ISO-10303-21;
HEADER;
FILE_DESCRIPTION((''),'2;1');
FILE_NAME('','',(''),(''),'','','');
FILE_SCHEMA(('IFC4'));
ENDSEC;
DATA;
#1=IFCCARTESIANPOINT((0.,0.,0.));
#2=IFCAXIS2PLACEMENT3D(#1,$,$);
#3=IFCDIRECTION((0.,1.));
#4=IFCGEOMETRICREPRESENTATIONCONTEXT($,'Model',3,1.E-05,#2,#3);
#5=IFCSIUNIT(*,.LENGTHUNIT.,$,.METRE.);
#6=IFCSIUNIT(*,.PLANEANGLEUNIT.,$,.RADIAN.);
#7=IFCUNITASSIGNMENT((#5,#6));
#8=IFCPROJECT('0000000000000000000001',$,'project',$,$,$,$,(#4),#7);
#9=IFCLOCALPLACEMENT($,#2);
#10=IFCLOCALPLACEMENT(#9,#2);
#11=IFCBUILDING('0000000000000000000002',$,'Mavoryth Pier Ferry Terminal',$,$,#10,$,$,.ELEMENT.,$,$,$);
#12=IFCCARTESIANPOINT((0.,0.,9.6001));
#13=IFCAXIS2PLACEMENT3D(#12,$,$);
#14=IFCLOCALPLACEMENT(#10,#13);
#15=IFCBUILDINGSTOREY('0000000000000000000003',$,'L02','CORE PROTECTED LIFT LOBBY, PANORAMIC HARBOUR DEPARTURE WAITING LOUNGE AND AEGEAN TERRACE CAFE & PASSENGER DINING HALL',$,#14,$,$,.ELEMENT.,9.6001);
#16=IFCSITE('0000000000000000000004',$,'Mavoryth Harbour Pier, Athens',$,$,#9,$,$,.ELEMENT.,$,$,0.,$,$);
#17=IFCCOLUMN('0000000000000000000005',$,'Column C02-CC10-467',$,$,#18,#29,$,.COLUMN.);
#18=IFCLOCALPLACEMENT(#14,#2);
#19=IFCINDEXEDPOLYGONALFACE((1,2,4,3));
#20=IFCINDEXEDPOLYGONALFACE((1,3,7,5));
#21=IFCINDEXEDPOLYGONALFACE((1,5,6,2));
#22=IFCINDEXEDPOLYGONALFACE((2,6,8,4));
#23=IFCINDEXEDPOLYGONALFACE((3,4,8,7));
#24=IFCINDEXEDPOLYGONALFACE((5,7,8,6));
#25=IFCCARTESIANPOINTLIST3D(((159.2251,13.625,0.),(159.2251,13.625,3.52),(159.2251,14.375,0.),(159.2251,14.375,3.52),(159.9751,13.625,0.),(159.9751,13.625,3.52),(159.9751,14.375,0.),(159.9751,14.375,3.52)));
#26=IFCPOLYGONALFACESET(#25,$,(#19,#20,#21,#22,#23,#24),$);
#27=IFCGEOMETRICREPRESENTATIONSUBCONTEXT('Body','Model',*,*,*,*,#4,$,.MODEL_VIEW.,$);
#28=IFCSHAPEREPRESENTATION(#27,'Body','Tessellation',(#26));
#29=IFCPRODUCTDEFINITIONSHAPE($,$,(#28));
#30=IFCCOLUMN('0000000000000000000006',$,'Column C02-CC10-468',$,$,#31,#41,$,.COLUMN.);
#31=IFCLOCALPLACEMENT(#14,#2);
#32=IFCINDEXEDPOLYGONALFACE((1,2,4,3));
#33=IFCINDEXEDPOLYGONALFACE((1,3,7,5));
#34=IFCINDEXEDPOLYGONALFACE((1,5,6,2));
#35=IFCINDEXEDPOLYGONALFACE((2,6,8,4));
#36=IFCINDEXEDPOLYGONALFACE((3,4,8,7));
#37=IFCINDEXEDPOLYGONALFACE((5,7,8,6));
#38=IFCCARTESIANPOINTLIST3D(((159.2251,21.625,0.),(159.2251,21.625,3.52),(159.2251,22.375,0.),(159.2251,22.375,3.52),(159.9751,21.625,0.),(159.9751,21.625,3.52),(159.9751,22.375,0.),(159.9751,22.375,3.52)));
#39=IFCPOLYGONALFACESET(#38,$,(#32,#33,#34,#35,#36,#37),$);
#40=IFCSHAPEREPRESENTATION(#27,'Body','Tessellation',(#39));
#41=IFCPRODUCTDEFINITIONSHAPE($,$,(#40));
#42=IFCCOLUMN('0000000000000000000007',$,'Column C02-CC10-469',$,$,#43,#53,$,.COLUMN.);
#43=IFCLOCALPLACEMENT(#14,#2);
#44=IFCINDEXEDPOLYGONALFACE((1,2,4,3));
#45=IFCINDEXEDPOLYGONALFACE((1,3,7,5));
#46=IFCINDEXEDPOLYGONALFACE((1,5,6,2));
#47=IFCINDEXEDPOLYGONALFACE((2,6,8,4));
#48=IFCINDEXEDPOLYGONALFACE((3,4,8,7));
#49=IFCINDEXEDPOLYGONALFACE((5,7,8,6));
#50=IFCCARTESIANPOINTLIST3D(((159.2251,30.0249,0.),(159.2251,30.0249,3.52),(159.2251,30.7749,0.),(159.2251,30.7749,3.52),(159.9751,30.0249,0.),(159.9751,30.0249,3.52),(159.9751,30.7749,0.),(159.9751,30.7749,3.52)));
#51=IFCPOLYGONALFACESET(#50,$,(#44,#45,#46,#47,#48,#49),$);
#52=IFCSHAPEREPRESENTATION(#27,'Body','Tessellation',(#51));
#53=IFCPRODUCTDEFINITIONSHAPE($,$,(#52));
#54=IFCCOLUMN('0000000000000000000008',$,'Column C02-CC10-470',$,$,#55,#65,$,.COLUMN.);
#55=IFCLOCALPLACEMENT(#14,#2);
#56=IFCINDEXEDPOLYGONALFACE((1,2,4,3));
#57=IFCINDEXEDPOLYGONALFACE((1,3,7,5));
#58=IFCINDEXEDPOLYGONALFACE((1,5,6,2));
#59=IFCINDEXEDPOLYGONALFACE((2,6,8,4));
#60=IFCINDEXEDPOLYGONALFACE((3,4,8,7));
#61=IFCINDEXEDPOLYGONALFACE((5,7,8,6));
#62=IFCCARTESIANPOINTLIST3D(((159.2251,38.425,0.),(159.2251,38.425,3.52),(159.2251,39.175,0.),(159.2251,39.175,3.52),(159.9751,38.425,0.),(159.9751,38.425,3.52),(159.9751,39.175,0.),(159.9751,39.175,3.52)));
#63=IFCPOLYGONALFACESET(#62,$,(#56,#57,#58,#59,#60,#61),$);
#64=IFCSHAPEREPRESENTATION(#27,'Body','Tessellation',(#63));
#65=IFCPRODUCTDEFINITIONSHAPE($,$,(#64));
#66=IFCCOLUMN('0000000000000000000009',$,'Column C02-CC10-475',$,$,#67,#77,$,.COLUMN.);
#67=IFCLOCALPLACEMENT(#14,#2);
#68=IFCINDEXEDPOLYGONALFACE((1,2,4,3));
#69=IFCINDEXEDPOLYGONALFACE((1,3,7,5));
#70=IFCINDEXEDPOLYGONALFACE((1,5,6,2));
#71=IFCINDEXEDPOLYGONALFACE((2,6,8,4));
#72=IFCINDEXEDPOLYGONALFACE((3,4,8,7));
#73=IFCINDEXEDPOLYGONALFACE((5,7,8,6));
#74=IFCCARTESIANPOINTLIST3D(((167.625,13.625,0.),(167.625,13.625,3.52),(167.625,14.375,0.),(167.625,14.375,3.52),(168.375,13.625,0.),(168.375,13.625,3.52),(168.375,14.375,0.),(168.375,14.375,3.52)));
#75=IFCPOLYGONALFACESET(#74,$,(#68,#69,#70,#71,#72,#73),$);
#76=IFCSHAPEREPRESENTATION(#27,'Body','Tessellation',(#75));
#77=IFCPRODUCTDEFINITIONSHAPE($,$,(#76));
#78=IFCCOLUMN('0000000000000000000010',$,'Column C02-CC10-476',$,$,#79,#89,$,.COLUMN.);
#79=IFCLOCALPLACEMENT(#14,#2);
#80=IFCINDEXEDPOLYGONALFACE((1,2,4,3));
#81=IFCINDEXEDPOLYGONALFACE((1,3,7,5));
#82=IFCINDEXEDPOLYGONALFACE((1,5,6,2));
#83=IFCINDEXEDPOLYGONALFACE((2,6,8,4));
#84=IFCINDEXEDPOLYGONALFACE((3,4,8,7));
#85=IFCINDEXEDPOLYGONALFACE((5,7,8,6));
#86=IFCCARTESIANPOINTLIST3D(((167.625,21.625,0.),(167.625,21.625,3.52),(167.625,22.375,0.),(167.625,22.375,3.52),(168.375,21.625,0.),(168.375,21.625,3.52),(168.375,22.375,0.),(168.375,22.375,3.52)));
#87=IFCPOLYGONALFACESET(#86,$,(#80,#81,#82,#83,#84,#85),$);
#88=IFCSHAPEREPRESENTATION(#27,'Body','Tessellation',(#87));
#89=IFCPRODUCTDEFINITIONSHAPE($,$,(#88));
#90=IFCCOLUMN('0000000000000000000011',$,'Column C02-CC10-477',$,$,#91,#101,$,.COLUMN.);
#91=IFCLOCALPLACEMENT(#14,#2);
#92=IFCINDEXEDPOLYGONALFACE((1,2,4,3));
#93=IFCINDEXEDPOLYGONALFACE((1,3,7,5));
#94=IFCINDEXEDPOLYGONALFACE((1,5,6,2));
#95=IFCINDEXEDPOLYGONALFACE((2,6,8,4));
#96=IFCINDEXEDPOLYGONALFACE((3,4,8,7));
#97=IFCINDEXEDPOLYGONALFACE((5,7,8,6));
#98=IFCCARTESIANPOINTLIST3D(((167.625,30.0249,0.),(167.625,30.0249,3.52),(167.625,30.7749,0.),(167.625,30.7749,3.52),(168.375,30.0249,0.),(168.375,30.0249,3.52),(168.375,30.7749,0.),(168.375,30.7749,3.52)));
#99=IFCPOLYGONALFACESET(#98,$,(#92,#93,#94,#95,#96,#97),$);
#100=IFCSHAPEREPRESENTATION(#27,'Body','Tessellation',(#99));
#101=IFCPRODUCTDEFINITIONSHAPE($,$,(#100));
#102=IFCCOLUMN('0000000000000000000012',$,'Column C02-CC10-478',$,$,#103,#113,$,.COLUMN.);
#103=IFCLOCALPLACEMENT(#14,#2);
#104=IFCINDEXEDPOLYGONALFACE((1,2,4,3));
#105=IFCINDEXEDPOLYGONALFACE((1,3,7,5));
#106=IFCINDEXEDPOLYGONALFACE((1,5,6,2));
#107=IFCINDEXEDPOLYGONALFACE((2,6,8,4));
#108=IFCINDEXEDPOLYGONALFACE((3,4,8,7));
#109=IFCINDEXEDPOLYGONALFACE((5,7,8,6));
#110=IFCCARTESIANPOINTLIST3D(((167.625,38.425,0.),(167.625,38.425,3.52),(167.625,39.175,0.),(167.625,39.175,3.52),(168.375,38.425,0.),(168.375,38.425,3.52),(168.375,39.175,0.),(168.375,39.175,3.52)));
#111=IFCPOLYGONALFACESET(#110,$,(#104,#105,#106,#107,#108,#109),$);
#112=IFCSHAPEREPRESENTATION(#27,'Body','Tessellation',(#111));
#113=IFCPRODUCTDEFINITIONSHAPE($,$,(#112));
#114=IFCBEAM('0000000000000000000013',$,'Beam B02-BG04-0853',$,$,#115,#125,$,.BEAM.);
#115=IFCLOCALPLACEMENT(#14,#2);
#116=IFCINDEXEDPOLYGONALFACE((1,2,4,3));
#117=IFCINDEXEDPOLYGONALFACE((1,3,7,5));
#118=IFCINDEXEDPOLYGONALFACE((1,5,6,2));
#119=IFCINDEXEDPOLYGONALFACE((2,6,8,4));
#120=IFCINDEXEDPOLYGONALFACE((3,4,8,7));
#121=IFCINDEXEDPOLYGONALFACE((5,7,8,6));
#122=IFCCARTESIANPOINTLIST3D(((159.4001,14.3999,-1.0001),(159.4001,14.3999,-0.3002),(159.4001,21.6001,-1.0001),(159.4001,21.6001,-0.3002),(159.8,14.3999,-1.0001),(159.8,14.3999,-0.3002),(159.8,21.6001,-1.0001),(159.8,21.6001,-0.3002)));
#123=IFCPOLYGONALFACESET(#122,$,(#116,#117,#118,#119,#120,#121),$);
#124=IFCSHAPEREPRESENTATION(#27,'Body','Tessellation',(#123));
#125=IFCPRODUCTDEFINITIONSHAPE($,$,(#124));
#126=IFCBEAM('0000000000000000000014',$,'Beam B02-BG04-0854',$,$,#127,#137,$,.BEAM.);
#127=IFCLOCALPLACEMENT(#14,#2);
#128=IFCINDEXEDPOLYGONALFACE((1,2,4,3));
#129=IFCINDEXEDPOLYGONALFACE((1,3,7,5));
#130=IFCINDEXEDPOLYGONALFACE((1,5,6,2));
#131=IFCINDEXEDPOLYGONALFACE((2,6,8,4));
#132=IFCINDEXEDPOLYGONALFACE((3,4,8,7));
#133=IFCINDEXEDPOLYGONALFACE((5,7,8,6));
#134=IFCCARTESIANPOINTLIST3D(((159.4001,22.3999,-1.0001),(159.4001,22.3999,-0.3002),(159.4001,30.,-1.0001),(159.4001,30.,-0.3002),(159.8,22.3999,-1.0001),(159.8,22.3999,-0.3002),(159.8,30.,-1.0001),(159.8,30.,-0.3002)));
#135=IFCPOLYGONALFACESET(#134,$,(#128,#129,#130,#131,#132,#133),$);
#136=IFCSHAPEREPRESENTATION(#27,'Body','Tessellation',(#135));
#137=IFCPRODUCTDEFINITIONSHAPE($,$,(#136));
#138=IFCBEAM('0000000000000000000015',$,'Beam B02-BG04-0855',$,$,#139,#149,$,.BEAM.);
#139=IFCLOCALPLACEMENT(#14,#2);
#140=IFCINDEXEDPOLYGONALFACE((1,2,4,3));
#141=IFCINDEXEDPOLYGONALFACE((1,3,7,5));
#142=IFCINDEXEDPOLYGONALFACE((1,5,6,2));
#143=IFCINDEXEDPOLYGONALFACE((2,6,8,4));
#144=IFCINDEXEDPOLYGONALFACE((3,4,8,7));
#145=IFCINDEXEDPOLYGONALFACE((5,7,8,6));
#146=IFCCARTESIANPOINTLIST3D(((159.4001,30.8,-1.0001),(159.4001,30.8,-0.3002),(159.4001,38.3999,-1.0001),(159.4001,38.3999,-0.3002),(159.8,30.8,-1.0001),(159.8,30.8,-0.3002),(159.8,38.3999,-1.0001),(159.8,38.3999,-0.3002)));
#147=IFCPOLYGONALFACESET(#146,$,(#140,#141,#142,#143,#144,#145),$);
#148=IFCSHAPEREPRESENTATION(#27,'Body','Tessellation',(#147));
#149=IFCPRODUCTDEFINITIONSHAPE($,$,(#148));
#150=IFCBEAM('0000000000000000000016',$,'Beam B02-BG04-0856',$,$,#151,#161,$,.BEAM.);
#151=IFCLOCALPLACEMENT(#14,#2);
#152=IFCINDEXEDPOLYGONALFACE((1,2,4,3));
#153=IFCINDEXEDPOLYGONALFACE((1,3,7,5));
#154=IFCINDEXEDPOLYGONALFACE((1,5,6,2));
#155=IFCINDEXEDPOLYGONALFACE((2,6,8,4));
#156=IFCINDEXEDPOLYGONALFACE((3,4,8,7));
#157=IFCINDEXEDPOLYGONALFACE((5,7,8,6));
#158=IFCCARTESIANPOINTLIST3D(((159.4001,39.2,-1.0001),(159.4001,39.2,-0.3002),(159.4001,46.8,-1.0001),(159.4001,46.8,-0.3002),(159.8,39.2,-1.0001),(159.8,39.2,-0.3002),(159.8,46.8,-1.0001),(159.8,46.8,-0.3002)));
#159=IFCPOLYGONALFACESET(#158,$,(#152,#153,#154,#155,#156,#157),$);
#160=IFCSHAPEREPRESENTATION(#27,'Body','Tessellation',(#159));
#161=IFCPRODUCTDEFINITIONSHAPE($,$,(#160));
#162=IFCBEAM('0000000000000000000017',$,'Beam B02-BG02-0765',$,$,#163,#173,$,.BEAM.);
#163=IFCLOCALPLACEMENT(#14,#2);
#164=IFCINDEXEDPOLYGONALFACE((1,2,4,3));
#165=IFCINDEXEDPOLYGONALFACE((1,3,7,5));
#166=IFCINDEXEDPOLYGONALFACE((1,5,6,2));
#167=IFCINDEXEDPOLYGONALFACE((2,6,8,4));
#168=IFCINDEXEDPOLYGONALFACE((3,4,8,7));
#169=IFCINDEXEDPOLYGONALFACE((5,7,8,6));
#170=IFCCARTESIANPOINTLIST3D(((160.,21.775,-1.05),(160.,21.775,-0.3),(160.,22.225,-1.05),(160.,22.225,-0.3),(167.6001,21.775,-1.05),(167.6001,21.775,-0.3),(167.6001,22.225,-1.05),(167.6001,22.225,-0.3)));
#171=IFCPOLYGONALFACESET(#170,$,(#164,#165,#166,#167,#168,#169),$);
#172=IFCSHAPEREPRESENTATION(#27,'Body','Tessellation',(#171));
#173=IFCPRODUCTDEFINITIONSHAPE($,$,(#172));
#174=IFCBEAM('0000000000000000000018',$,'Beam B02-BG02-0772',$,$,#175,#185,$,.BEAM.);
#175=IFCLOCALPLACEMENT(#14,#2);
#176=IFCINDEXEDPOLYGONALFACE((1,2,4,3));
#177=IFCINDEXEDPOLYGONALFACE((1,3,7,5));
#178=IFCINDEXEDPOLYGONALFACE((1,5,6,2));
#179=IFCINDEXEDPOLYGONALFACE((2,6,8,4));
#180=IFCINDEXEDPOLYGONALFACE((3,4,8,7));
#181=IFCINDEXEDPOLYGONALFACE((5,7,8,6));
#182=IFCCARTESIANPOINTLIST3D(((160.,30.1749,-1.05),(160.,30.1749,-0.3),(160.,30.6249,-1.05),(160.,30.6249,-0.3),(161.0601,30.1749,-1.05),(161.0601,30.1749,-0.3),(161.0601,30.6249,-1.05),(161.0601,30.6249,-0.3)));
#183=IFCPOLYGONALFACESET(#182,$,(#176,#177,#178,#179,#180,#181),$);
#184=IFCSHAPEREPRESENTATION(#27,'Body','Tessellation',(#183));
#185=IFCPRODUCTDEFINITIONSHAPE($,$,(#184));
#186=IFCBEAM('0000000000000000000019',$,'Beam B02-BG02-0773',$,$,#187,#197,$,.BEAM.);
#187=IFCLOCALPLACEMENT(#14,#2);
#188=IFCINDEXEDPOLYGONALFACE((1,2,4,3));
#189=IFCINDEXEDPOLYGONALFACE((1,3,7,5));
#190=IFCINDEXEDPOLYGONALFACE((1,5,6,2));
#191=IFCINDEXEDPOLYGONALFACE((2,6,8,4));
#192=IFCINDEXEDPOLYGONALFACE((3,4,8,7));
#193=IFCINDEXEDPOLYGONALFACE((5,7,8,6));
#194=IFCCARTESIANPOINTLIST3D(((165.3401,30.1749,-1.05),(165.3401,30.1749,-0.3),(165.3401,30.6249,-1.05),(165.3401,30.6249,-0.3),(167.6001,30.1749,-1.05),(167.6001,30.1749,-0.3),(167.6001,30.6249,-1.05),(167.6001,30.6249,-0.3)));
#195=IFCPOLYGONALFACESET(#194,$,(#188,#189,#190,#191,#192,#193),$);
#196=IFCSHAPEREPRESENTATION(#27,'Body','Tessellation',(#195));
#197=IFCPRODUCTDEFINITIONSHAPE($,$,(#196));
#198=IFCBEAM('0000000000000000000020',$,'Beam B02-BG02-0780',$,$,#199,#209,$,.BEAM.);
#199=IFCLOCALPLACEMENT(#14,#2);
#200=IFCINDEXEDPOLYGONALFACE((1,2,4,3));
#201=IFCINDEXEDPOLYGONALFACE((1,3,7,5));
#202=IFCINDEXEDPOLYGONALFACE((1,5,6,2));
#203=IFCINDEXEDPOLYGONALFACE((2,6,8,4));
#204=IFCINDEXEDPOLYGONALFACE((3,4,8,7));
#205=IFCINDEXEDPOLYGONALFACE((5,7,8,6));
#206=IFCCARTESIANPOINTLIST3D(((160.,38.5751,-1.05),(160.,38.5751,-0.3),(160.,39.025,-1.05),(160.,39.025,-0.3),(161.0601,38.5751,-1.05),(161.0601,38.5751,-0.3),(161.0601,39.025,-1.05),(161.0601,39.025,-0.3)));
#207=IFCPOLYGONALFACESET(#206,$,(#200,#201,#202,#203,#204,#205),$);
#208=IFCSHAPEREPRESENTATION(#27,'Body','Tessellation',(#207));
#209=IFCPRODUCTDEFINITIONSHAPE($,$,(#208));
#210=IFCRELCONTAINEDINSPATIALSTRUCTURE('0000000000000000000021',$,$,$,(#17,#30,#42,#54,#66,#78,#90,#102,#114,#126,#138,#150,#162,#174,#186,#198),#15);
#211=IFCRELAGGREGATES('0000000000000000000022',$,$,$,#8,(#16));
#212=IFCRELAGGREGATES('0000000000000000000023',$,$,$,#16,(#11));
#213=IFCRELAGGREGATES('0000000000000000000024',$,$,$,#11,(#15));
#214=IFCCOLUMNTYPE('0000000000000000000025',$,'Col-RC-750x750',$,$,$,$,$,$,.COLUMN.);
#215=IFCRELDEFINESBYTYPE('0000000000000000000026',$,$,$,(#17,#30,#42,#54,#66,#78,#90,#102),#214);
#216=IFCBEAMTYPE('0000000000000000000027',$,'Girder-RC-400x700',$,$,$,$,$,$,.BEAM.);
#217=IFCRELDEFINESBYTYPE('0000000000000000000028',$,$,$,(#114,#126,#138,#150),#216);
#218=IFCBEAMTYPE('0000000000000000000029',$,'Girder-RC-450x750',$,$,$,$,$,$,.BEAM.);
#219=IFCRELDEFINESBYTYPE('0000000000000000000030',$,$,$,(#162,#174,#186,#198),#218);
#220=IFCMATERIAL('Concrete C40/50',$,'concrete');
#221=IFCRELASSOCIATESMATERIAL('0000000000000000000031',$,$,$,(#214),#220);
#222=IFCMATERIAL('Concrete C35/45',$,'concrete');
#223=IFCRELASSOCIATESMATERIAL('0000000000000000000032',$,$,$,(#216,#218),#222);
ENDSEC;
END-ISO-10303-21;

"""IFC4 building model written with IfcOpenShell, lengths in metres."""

from ifc_helpers import new_model, si_unit, direction, frame, origin, origin_2d, place, context, subcontext, project, spatial, rectangle, extrude, material, material_profile, profile_set, type_object, element, save


model = new_model("IFC4")

# Units and contexts
model_context = context("Model", 3, precision=1e-05, world=origin(), true_north=direction((0.0, 1.0)))
body_context = subcontext(model_context, "Body", "Model", "MODEL_VIEW")
ifc_project = project(units=[si_unit("LENGTHUNIT", "METRE"), si_unit("PLANEANGLEUNIT", "RADIAN")], contexts=[model_context])

# Site, building, storey
site_placement = place(None, origin())
site = spatial("IfcSite", under=ifc_project, at=site_placement, Name="Mavoryth Harbour Pier, Athens", CompositionType="ELEMENT", RefElevation=0.0)
building_placement = place(site_placement, origin())
building = spatial("IfcBuilding", under=site, at=building_placement, Name="Mavoryth Pier Ferry Terminal", CompositionType="ELEMENT")
storey_placement = place(building_placement, frame((0.0, 0.0, 9.6001)))
storey = spatial("IfcBuildingStorey", under=building, at=storey_placement, Name="L02", Description="CORE PROTECTED LIFT LOBBY, PANORAMIC HARBOUR DEPARTURE WAITING LOUNGE AND AEGEAN TERRACE CAFE & PASSENGER DINING HALL", CompositionType="ELEMENT", Elevation=9.6001)

# Columns
ifc_material_1 = material(Name="Concrete C40/50", Category="concrete")
ifc_material_profile_1 = material_profile(ifc_material_1, rectangle(XDim=0.75, YDim=0.75, at=origin_2d()), Name="RC 750x750", Category="concrete")
ifc_profile_set_1 = profile_set([ifc_material_profile_1], Name="Concrete C40/50 - RC 750x750")
column_type = type_object("IfcColumnType", Name="Col-RC-750x750", PredefinedType="COLUMN", material=ifc_profile_set_1)
for number, where, z_axis, x_axis, name in (
    (1, (159.6001, 14.0, 0.0), (0.0, 0.0, 1.0), (1.0, 0.0, 0.0), "Column C02-CC10-467"),
    (2, (159.6001, 22.0, 0.0), (0.0, 0.0, 1.0), (1.0, 0.0, 0.0), "Column C02-CC10-468"),
    (3, (159.6001, 30.3999, 0.0), (0.0, 0.0, 1.0), (1.0, 0.0, 0.0), "Column C02-CC10-469"),
    (4, (159.6001, 38.8, 0.0), (0.0, 0.0, 1.0), (1.0, 0.0, 0.0), "Column C02-CC10-470"),
    (5, (168.0, 14.0, 0.0), (0.0, 0.0, 1.0), (1.0, 0.0, 0.0), "Column C02-CC10-475"),
    (6, (168.0, 22.0, 0.0), (0.0, 0.0, 1.0), (1.0, 0.0, 0.0), "Column C02-CC10-476"),
    (7, (168.0, 30.3999, 0.0), (0.0, 0.0, 1.0), (1.0, 0.0, 0.0), "Column C02-CC10-477"),
    (8, (168.0, 38.8, 0.0), (0.0, 0.0, 1.0), (1.0, 0.0, 0.0), "Column C02-CC10-478"),
):
    element("IfcColumn", number, at=place(storey_placement, frame(where, z_axis=z_axis, x_axis=x_axis)), inside=storey, type_object=column_type, Name=name, PredefinedType="COLUMN", context=body_context, shape_type="SweptSolid", body=[
        extrude(rectangle(XDim=0.75, YDim=0.75, at=origin_2d()), origin(), (0.0, 0.0, 1.0), 3.52),
    ])

# Beams
ifc_material_2 = material(Name="Concrete C35/45", Category="concrete")
ifc_material_profile_2 = material_profile(ifc_material_2, rectangle(XDim=0.3999, YDim=0.7, at=origin_2d()), Name="RC 400x700", Category="concrete")
ifc_profile_set_2 = profile_set([ifc_material_profile_2], Name="Concrete C35/45 - RC 400x700")
beam_type_1 = type_object("IfcBeamType", Name="Girder-RC-400x700", PredefinedType="BEAM", material=ifc_profile_set_2)
beam_1_placement = place(storey_placement, frame((159.6001, 14.3999, -0.6501), z_axis=(0.0, 1.0, 0.0), x_axis=(-1.0, 0.0, 0.0)))
element("IfcBeam", 9, at=beam_1_placement, inside=storey, type_object=beam_type_1, Name="Beam B02-BG04-0853", PredefinedType="BEAM", context=body_context, shape_type="SweptSolid", body=[
    extrude(rectangle(XDim=0.3999, YDim=0.7, at=origin_2d()), origin(), (0.0, 0.0, 1.0), 7.2002),
])
beam_2_placement = place(storey_placement, frame((159.6001, 22.3999, -0.6501), z_axis=(0.0, 1.0, 0.0), x_axis=(-1.0, 0.0, 0.0)))
element("IfcBeam", 10, at=beam_2_placement, inside=storey, type_object=beam_type_1, Name="Beam B02-BG04-0854", PredefinedType="BEAM", context=body_context, shape_type="SweptSolid", body=[
    extrude(rectangle(XDim=0.3999, YDim=0.7, at=origin_2d()), origin(), (0.0, 0.0, 1.0), 7.6001),
])
beam_3_placement = place(storey_placement, frame((159.6001, 30.8, -0.6501), z_axis=(0.0, 1.0, 0.0), x_axis=(-1.0, 0.0, 0.0)))
element("IfcBeam", 11, at=beam_3_placement, inside=storey, type_object=beam_type_1, Name="Beam B02-BG04-0855", PredefinedType="BEAM", context=body_context, shape_type="SweptSolid", body=[
    extrude(rectangle(XDim=0.3999, YDim=0.7, at=origin_2d()), origin(), (0.0, 0.0, 1.0), 7.5999),
])
beam_4_placement = place(storey_placement, frame((159.6001, 39.2, -0.6501), z_axis=(0.0, 1.0, 0.0), x_axis=(-1.0, 0.0, 0.0)))
element("IfcBeam", 12, at=beam_4_placement, inside=storey, type_object=beam_type_1, Name="Beam B02-BG04-0856", PredefinedType="BEAM", context=body_context, shape_type="SweptSolid", body=[
    extrude(rectangle(XDim=0.3999, YDim=0.7, at=origin_2d()), origin(), (0.0, 0.0, 1.0), 7.6001),
])
ifc_material_profile_3 = material_profile(ifc_material_2, rectangle(XDim=0.45, YDim=0.75, at=origin_2d()), Name="RC 450x750", Category="concrete")
ifc_profile_set_3 = profile_set([ifc_material_profile_3], Name="Concrete C35/45 - RC 450x750")
beam_type_2 = type_object("IfcBeamType", Name="Girder-RC-450x750", PredefinedType="BEAM", material=ifc_profile_set_3)
beam_5_placement = place(storey_placement, frame((160.0, 22.0, -0.675), z_axis=(1.0, 0.0, 0.0), x_axis=(0.0, 1.0, 0.0)))
element("IfcBeam", 13, at=beam_5_placement, inside=storey, type_object=beam_type_2, Name="Beam B02-BG02-0765", PredefinedType="BEAM", context=body_context, shape_type="SweptSolid", body=[
    extrude(rectangle(XDim=0.45, YDim=0.75, at=origin_2d()), origin(), (0.0, 0.0, 1.0), 7.6001),
])
beam_6_placement = place(storey_placement, frame((160.0, 30.3999, -0.675), z_axis=(1.0, 0.0, 0.0), x_axis=(0.0, 1.0, 0.0)))
element("IfcBeam", 14, at=beam_6_placement, inside=storey, type_object=beam_type_2, Name="Beam B02-BG02-0772", PredefinedType="BEAM", context=body_context, shape_type="SweptSolid", body=[
    extrude(rectangle(XDim=0.45, YDim=0.75, at=origin_2d()), origin(), (0.0, 0.0, 1.0), 1.0601),
])
beam_7_placement = place(storey_placement, frame((165.3401, 30.3999, -0.675), z_axis=(1.0, 0.0, 0.0), x_axis=(0.0, 1.0, 0.0)))
element("IfcBeam", 15, at=beam_7_placement, inside=storey, type_object=beam_type_2, Name="Beam B02-BG02-0773", PredefinedType="BEAM", context=body_context, shape_type="SweptSolid", body=[
    extrude(rectangle(XDim=0.45, YDim=0.75, at=origin_2d()), origin(), (0.0, 0.0, 1.0), 2.26),
])
beam_8_placement = place(storey_placement, frame((160.0, 38.8, -0.675), z_axis=(1.0, 0.0, 0.0), x_axis=(0.0, 1.0, 0.0)))
element("IfcBeam", 16, at=beam_8_placement, inside=storey, type_object=beam_type_2, Name="Beam B02-BG02-0780", PredefinedType="BEAM", context=body_context, shape_type="SweptSolid", body=[
    extrude(rectangle(XDim=0.45, YDim=0.75, at=origin_2d()), origin(), (0.0, 0.0, 1.0), 1.0601),
])

save(model, "model.ifc")
